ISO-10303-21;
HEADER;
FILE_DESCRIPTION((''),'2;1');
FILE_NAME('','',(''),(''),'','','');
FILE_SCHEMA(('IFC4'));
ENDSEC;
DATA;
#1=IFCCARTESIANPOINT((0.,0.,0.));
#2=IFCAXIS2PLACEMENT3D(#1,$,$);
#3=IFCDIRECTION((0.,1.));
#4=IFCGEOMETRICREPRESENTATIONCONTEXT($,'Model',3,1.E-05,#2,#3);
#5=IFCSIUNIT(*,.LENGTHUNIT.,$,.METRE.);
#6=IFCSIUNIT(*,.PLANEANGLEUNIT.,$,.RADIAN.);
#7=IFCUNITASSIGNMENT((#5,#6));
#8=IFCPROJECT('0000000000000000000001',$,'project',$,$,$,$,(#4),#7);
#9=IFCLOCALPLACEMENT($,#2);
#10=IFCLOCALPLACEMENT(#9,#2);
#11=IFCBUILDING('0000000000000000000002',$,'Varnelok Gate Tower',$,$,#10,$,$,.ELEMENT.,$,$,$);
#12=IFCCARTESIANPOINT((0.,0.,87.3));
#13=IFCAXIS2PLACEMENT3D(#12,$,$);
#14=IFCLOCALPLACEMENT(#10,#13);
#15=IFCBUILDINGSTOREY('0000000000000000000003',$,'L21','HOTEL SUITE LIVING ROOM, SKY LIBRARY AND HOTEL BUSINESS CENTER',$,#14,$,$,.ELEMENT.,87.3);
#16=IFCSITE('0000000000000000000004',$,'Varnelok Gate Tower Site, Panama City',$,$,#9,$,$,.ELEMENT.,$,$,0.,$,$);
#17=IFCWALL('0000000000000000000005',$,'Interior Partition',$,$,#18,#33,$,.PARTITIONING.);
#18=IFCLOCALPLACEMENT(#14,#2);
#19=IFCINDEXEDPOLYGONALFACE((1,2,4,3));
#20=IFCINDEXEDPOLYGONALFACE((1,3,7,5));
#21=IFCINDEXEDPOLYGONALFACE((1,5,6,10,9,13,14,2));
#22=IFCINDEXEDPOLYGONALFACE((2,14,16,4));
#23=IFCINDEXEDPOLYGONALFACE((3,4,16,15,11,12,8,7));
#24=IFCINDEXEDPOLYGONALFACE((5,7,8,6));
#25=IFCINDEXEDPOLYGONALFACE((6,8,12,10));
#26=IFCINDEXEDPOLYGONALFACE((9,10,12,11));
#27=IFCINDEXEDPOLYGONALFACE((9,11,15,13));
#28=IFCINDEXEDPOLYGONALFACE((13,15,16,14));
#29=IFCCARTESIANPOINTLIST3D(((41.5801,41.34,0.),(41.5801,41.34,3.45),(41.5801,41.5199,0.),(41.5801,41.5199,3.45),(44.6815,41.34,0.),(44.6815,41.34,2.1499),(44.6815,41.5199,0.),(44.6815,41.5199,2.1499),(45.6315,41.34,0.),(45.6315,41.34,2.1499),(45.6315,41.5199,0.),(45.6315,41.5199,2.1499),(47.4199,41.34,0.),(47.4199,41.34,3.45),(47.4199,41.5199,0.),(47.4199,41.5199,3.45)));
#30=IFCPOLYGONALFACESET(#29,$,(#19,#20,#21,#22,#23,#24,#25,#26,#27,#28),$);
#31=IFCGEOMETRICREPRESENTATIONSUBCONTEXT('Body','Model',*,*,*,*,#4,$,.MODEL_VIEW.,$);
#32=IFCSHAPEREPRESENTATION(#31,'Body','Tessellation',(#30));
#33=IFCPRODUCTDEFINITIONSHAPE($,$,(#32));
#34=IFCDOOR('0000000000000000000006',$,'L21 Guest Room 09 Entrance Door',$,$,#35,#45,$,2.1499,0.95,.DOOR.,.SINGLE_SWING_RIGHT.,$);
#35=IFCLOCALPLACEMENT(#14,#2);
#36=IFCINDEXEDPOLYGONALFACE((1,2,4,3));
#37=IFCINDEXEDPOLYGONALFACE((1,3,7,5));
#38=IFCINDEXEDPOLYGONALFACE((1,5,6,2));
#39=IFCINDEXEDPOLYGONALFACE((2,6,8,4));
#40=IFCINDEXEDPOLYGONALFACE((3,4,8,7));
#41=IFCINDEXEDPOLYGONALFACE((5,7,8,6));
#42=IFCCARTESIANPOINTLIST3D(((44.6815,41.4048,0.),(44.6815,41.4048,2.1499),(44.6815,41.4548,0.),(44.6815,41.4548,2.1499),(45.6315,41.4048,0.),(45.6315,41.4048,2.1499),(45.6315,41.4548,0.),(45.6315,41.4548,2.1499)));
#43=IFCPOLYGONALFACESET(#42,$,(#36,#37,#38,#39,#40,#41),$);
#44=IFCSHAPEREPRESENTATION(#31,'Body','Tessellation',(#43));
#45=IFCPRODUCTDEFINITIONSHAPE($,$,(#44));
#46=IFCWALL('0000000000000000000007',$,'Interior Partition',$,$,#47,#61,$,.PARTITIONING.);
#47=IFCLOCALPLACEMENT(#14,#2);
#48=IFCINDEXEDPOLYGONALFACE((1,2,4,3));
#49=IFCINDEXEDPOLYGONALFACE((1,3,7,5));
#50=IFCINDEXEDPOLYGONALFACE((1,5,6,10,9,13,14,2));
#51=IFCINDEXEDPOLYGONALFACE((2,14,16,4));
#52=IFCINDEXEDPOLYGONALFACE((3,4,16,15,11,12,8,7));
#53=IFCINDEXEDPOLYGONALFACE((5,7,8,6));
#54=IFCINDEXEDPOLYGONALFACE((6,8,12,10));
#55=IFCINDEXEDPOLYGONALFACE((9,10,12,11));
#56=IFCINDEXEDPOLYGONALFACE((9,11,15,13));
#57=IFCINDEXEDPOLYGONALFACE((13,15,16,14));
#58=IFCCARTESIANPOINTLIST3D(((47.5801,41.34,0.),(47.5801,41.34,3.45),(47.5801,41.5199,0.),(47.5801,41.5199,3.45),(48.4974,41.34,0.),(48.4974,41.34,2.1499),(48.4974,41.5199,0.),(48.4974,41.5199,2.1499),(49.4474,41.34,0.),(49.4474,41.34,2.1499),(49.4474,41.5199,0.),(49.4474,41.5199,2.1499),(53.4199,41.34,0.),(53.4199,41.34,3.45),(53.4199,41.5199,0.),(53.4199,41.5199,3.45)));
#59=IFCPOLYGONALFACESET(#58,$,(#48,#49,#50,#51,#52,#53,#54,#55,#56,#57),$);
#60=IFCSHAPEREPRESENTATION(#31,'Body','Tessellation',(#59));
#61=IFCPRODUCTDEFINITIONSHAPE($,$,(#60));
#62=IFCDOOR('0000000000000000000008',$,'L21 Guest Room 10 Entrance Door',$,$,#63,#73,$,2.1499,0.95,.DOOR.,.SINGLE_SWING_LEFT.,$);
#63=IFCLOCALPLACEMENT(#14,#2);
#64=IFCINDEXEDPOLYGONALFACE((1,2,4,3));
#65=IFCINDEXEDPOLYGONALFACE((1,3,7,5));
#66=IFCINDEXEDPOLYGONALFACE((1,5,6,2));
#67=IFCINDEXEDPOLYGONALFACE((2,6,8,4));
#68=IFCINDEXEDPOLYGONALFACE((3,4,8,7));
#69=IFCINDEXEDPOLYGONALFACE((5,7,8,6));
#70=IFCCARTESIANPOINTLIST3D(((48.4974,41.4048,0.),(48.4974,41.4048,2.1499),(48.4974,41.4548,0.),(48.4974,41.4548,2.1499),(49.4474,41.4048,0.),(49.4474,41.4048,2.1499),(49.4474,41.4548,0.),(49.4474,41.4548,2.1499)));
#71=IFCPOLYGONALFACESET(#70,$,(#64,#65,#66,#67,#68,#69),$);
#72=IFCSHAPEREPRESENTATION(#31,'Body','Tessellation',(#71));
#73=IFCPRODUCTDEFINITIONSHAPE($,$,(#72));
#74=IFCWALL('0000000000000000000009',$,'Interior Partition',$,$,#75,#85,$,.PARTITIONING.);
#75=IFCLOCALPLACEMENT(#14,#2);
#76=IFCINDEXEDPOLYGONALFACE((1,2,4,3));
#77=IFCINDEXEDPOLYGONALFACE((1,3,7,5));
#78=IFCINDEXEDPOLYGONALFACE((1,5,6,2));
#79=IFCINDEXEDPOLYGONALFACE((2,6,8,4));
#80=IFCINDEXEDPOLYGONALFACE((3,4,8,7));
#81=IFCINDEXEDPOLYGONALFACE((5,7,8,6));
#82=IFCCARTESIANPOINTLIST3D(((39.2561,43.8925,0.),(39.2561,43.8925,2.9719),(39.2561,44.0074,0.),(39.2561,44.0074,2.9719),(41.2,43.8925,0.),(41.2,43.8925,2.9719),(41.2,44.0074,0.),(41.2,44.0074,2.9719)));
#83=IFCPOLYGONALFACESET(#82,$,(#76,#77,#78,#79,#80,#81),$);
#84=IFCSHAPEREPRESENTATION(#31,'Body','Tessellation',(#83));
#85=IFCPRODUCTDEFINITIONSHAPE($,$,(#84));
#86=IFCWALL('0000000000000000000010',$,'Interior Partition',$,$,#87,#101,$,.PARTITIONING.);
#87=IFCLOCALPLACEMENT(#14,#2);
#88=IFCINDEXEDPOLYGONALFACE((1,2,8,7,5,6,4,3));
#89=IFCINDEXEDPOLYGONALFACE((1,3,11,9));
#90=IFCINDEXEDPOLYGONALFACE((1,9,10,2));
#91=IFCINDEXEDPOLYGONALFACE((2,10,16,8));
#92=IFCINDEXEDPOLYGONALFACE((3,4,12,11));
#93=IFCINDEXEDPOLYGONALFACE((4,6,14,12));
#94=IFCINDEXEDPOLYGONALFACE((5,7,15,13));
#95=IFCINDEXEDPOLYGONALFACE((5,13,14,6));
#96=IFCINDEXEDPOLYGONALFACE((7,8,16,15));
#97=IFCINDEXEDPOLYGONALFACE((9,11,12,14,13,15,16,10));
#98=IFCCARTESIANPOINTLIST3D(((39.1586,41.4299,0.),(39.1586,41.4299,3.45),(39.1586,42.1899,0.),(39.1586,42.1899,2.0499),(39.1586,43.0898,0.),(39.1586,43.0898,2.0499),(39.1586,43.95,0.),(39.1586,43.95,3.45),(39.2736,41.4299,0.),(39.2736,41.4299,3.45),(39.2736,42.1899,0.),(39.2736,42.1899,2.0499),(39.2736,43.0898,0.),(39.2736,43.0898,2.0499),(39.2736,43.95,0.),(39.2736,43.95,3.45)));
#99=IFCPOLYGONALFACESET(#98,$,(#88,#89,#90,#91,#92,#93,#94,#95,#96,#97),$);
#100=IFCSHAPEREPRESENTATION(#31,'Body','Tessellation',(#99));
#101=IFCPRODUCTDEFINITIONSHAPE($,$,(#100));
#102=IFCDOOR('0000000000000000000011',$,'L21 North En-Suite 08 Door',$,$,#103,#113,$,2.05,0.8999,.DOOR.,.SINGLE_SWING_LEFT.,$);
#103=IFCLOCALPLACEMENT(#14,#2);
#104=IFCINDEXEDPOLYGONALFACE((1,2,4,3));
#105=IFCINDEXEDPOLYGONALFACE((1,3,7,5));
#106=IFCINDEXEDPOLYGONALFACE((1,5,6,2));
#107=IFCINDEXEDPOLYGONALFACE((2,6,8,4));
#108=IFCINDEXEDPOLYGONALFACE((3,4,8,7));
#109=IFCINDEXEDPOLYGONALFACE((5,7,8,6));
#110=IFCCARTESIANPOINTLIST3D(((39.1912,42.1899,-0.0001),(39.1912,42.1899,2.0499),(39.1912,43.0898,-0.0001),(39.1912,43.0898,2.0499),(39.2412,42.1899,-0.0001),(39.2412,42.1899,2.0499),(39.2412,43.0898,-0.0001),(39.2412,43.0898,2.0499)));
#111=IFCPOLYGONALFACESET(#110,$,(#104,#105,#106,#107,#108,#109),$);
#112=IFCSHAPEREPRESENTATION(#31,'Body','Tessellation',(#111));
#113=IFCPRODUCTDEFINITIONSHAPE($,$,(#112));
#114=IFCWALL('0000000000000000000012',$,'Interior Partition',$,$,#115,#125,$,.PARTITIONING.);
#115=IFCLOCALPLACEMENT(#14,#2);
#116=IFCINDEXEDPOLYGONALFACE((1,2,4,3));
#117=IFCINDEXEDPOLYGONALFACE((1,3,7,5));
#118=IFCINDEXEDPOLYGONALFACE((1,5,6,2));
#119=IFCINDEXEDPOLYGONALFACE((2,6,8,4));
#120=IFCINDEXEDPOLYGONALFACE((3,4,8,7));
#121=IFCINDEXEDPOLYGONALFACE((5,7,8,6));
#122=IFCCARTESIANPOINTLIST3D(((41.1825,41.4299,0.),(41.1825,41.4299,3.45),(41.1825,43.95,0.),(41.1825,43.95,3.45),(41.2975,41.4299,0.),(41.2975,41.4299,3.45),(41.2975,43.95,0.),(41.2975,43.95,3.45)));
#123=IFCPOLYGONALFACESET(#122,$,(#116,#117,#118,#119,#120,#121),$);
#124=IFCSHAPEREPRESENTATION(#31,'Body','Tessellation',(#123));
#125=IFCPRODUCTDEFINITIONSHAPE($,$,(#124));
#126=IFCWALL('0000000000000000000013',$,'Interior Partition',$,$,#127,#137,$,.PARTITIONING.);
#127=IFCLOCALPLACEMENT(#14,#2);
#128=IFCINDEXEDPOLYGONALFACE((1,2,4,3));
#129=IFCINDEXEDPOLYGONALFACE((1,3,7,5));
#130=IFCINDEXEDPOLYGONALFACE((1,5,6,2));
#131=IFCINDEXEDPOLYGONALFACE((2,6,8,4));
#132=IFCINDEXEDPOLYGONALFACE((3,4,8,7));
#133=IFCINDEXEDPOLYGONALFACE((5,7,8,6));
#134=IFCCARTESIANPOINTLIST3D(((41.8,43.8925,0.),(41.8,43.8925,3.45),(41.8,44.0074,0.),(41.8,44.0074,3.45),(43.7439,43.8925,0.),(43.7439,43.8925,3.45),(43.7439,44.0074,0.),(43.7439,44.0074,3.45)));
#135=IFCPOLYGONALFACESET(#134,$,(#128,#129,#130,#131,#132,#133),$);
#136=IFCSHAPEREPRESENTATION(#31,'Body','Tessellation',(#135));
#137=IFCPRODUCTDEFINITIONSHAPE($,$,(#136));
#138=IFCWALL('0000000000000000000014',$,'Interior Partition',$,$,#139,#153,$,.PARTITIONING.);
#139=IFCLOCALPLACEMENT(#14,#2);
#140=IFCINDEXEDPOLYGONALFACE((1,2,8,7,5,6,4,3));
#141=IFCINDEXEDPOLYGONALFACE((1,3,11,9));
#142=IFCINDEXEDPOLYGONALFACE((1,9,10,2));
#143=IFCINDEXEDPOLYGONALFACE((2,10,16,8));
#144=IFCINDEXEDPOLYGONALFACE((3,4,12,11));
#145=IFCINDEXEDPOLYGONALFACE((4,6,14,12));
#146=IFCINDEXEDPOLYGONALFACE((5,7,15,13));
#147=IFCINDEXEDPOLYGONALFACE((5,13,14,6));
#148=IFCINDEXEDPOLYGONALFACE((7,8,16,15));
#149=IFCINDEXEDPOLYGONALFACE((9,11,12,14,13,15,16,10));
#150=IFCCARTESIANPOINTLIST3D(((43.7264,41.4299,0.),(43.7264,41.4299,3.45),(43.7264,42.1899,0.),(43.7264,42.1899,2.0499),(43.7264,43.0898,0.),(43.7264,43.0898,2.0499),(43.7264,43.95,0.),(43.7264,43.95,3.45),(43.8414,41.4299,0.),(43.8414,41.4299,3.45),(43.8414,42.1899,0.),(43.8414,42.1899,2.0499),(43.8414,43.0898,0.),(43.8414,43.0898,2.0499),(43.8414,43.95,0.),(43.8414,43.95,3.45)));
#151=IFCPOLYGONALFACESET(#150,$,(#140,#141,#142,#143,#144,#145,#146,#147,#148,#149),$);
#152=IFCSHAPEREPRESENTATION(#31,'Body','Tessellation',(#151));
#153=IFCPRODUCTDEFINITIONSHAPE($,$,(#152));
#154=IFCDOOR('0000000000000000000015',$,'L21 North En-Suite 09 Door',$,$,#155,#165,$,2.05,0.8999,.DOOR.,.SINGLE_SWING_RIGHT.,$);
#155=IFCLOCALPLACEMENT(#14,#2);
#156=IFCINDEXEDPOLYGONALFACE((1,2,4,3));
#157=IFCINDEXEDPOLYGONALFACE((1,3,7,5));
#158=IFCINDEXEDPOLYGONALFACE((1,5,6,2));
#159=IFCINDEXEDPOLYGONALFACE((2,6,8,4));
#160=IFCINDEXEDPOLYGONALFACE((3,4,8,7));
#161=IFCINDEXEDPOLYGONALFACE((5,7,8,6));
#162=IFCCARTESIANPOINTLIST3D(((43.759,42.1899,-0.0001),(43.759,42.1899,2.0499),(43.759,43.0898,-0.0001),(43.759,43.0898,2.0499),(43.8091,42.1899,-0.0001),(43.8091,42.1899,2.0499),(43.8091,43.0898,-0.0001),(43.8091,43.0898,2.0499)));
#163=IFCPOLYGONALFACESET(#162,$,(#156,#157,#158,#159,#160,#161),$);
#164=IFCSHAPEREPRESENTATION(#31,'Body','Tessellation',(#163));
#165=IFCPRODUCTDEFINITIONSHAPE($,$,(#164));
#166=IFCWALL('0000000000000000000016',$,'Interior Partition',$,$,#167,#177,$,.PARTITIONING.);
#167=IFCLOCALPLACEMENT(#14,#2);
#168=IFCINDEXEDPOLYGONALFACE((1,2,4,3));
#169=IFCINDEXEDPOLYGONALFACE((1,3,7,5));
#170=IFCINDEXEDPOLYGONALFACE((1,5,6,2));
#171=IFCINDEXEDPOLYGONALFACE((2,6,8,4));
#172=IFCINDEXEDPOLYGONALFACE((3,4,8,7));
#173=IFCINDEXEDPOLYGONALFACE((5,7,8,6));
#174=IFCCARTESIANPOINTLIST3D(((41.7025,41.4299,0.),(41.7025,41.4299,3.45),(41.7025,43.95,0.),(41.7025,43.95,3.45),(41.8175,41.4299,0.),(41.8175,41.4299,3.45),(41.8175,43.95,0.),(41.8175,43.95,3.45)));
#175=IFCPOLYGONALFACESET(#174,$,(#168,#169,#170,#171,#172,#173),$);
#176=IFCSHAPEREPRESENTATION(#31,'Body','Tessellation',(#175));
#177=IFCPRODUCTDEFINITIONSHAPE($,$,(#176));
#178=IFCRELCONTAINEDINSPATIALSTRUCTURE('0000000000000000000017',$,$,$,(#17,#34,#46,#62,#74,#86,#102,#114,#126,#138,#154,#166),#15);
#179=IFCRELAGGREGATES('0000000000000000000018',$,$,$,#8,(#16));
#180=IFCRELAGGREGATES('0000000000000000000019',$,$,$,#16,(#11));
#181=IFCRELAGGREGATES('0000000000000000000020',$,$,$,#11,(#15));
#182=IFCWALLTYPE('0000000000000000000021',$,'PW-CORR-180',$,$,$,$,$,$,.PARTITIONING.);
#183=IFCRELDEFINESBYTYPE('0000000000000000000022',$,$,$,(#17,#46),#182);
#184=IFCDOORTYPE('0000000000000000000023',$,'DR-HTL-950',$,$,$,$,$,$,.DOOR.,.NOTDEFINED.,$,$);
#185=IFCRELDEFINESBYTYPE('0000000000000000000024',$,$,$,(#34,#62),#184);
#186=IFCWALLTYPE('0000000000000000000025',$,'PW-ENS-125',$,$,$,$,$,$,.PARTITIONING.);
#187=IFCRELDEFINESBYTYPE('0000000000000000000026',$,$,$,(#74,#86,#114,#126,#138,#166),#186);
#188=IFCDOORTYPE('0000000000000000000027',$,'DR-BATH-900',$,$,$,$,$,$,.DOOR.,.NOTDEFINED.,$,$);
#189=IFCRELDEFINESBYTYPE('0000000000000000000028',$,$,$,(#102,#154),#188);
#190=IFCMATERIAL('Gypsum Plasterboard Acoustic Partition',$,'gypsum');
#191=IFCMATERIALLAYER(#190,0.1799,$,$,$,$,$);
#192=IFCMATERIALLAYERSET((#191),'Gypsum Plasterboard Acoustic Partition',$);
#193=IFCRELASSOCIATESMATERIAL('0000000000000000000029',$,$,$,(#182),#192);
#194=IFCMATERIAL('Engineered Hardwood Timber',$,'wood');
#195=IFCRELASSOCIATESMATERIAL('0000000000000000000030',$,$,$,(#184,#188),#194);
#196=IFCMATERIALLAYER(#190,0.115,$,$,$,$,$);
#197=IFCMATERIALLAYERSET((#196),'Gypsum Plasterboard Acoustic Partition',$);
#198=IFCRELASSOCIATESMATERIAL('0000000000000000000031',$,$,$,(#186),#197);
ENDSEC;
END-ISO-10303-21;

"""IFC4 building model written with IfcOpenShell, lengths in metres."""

from ifc_helpers import new_model, si_unit, direction, frame, frame_2d, origin, place, context, subcontext, project, spatial, rectangle, extrude, material, layer, layer_set, type_object, element, fill, save


model = new_model("IFC4")

# Units and contexts
model_context = context("Model", 3, precision=1e-05, world=origin(), true_north=direction((0.0, 1.0)))
body_context = subcontext(model_context, "Body", "Model", "MODEL_VIEW")
ifc_project = project(units=[si_unit("LENGTHUNIT", "METRE"), si_unit("PLANEANGLEUNIT", "RADIAN")], contexts=[model_context])

# Site, building, storey
site_placement = place(None, origin())
site = spatial("IfcSite", under=ifc_project, at=site_placement, Name="Varnelok Gate Tower Site, Panama City", CompositionType="ELEMENT", RefElevation=0.0)
building_placement = place(site_placement, origin())
building = spatial("IfcBuilding", under=site, at=building_placement, Name="Varnelok Gate Tower", CompositionType="ELEMENT")
storey_placement = place(building_placement, frame((0.0, 0.0, 87.3)))
storey = spatial("IfcBuildingStorey", under=building, at=storey_placement, Name="L21", Description="HOTEL SUITE LIVING ROOM, SKY LIBRARY AND HOTEL BUSINESS CENTER", CompositionType="ELEMENT", Elevation=87.3)

# Walls, openings, doors
ifc_material_1 = material(Name="Gypsum Plasterboard Acoustic Partition", Category="gypsum")
ifc_layer_1 = layer(ifc_material_1, 0.1799)
ifc_layer_set_1 = layer_set([ifc_layer_1], Name="Gypsum Plasterboard Acoustic Partition")
wall_type_1 = type_object("IfcWallType", Name="PW-CORR-180", PredefinedType="PARTITIONING", material=ifc_layer_set_1)
wall_1_placement = place(storey_placement, frame((41.5801, 41.4299, 0.0), z_axis=(0.0, 0.0, 1.0), x_axis=(1.0, 0.0, 0.0)))
wall_1 = element("IfcWall", 1, at=wall_1_placement, inside=storey, type_object=wall_type_1, Name="Interior Partition", PredefinedType="PARTITIONING", context=body_context, shape_type="SweptSolid", body=[
    extrude(rectangle(XDim=5.8398, YDim=0.1799, at=frame_2d((2.9199, 0.0))), origin(), (0.0, 0.0, 1.0), 3.45),
])
opening_1_placement = place(wall_1_placement, frame((3.1013, 0.0, 0.0)))
opening_1 = element("IfcOpeningElement", 2, at=opening_1_placement, cuts=wall_1, PredefinedType="OPENING", context=body_context, shape_type="SweptSolid", body=[
    extrude(rectangle(XDim=0.95, YDim=2.1499, at=frame_2d((0.4751, 1.075))), frame((0.0, 0.0999, 0.0), z_axis=(0.0, -1.0, 0.0), x_axis=(1.0, 0.0, 0.0)), (0.0, 0.0, 1.0), 0.2),
])
ifc_material_2 = material(Name="Engineered Hardwood Timber", Category="wood")
door_type_1 = type_object("IfcDoorType", Name="DR-HTL-950", OperationType="NOTDEFINED", PredefinedType="DOOR", material=ifc_material_2)
door_1_placement = place(opening_1_placement, origin())
door_1 = element("IfcDoor", 3, at=door_1_placement, inside=storey, type_object=door_type_1, Name="L21 Guest Room 09 Entrance Door", OperationType="SINGLE_SWING_RIGHT", OverallHeight=2.1499, OverallWidth=0.95, PredefinedType="DOOR", context=body_context, shape_type="SweptSolid", body=[
    extrude(rectangle(XDim=0.95, YDim=2.1499, at=frame_2d((0.4751, 1.075))), frame((0.0, 0.0249, 0.0), z_axis=(0.0, -1.0, 0.0), x_axis=(1.0, 0.0, 0.0)), (0.0, 0.0, 1.0), 0.05),
])
fill(opening_1, door_1)
wall_2_placement = place(storey_placement, frame((47.5801, 41.4299, 0.0), z_axis=(0.0, 0.0, 1.0), x_axis=(1.0, 0.0, 0.0)))
wall_2 = element("IfcWall", 4, at=wall_2_placement, inside=storey, type_object=wall_type_1, Name="Interior Partition", PredefinedType="PARTITIONING", context=body_context, shape_type="SweptSolid", body=[
    extrude(rectangle(XDim=5.8398, YDim=0.1799, at=frame_2d((2.9199, 0.0))), origin(), (0.0, 0.0, 1.0), 3.45),
])
opening_2_placement = place(wall_2_placement, frame((0.9172, 0.0, 0.0)))
opening_2 = element("IfcOpeningElement", 5, at=opening_2_placement, cuts=wall_2, PredefinedType="OPENING", context=body_context, shape_type="SweptSolid", body=[
    extrude(rectangle(XDim=0.95, YDim=2.1499, at=frame_2d((0.4751, 1.075))), frame((0.0, 0.0999, 0.0), z_axis=(0.0, -1.0, 0.0), x_axis=(1.0, 0.0, 0.0)), (0.0, 0.0, 1.0), 0.2),
])
door_2_placement = place(opening_2_placement, origin())
door_2 = element("IfcDoor", 6, at=door_2_placement, inside=storey, type_object=door_type_1, Name="L21 Guest Room 10 Entrance Door", OperationType="SINGLE_SWING_LEFT", OverallHeight=2.1499, OverallWidth=0.95, PredefinedType="DOOR", context=body_context, shape_type="SweptSolid", body=[
    extrude(rectangle(XDim=0.95, YDim=2.1499, at=frame_2d((0.4751, 1.075))), frame((0.0, 0.0249, 0.0), z_axis=(0.0, -1.0, 0.0), x_axis=(1.0, 0.0, 0.0)), (0.0, 0.0, 1.0), 0.05),
])
fill(opening_2, door_2)

# Wall
ifc_layer_2 = layer(ifc_material_1, 0.115)
ifc_layer_set_2 = layer_set([ifc_layer_2], Name="Gypsum Plasterboard Acoustic Partition")
wall_type_2 = type_object("IfcWallType", Name="PW-ENS-125", PredefinedType="PARTITIONING", material=ifc_layer_set_2)
wall_3_placement = place(storey_placement, frame((39.2561, 43.95, 0.0), z_axis=(0.0, 0.0, 1.0), x_axis=(1.0, 0.0, 0.0)))
element("IfcWall", 7, at=wall_3_placement, inside=storey, type_object=wall_type_2, Name="Interior Partition", PredefinedType="PARTITIONING", context=body_context, shape_type="SweptSolid", body=[
    extrude(rectangle(XDim=1.9438, YDim=0.115, at=frame_2d((0.9719, 0.0))), origin(), (0.0, 0.0, 1.0), 2.9719),
])

# Wall, opening, door
wall_4_placement = place(storey_placement, frame((39.2161, 41.4299, 0.0), z_axis=(0.0, 0.0, 1.0), x_axis=(0.0, 1.0, 0.0)))
wall_4 = element("IfcWall", 8, at=wall_4_placement, inside=storey, type_object=wall_type_2, Name="Interior Partition", PredefinedType="PARTITIONING", context=body_context, shape_type="SweptSolid", body=[
    extrude(rectangle(XDim=2.52, YDim=0.115, at=frame_2d((1.26, 0.0))), origin(), (0.0, 0.0, 1.0), 3.45),
])
opening_3_placement = place(wall_4_placement, frame((0.76, 0.0, 0.0)))
opening_3 = element("IfcOpeningElement", 9, at=opening_3_placement, cuts=wall_4, PredefinedType="OPENING", context=body_context, shape_type="SweptSolid", body=[
    extrude(rectangle(XDim=0.8999, YDim=2.05, at=frame_2d((0.45, 1.0249))), frame((0.0, 0.0674, 0.0), z_axis=(0.0, -1.0, 0.0), x_axis=(1.0, 0.0, 0.0)), (0.0, 0.0, 1.0), 0.135),
])
door_type_2 = type_object("IfcDoorType", Name="DR-BATH-900", OperationType="NOTDEFINED", PredefinedType="DOOR", material=ifc_material_2)
door_3_placement = place(opening_3_placement, origin())
door_3 = element("IfcDoor", 10, at=door_3_placement, inside=storey, type_object=door_type_2, Name="L21 North En-Suite 08 Door", OperationType="SINGLE_SWING_LEFT", OverallHeight=2.05, OverallWidth=0.8999, PredefinedType="DOOR", context=body_context, shape_type="SweptSolid", body=[
    extrude(rectangle(XDim=0.8999, YDim=2.05, at=frame_2d((0.45, 1.0249))), frame((0.0, 0.0249, 0.0), z_axis=(0.0, -1.0, 0.0), x_axis=(1.0, 0.0, 0.0)), (0.0, 0.0, 1.0), 0.05),
])
fill(opening_3, door_3)

# Walls
wall_5_placement = place(storey_placement, frame((41.24, 41.4299, 0.0), z_axis=(0.0, 0.0, 1.0), x_axis=(0.0, 1.0, 0.0)))
element("IfcWall", 11, at=wall_5_placement, inside=storey, type_object=wall_type_2, Name="Interior Partition", PredefinedType="PARTITIONING", context=body_context, shape_type="SweptSolid", body=[
    extrude(rectangle(XDim=2.52, YDim=0.115, at=frame_2d((1.26, 0.0))), origin(), (0.0, 0.0, 1.0), 3.45),
])
wall_6_placement = place(storey_placement, frame((41.8, 43.95, 0.0), z_axis=(0.0, 0.0, 1.0), x_axis=(1.0, 0.0, 0.0)))
element("IfcWall", 12, at=wall_6_placement, inside=storey, type_object=wall_type_2, Name="Interior Partition", PredefinedType="PARTITIONING", context=body_context, shape_type="SweptSolid", body=[
    extrude(rectangle(XDim=1.9438, YDim=0.115, at=frame_2d((0.9719, 0.0))), origin(), (0.0, 0.0, 1.0), 3.45),
])

# Wall, opening, door
wall_7_placement = place(storey_placement, frame((43.7839, 41.4299, 0.0), z_axis=(0.0, 0.0, 1.0), x_axis=(0.0, 1.0, 0.0)))
wall_7 = element("IfcWall", 13, at=wall_7_placement, inside=storey, type_object=wall_type_2, Name="Interior Partition", PredefinedType="PARTITIONING", context=body_context, shape_type="SweptSolid", body=[
    extrude(rectangle(XDim=2.52, YDim=0.115, at=frame_2d((1.26, 0.0))), origin(), (0.0, 0.0, 1.0), 3.45),
])
opening_4_placement = place(wall_7_placement, frame((0.76, 0.0, 0.0)))
opening_4 = element("IfcOpeningElement", 14, at=opening_4_placement, cuts=wall_7, PredefinedType="OPENING", context=body_context, shape_type="SweptSolid", body=[
    extrude(rectangle(XDim=0.8999, YDim=2.05, at=frame_2d((0.45, 1.0249))), frame((0.0, 0.0674, 0.0), z_axis=(0.0, -1.0, 0.0), x_axis=(1.0, 0.0, 0.0)), (0.0, 0.0, 1.0), 0.135),
])
door_4_placement = place(opening_4_placement, origin())
door_4 = element("IfcDoor", 15, at=door_4_placement, inside=storey, type_object=door_type_2, Name="L21 North En-Suite 09 Door", OperationType="SINGLE_SWING_RIGHT", OverallHeight=2.05, OverallWidth=0.8999, PredefinedType="DOOR", context=body_context, shape_type="SweptSolid", body=[
    extrude(rectangle(XDim=0.8999, YDim=2.05, at=frame_2d((0.45, 1.0249))), frame((0.0, 0.0249, 0.0), z_axis=(0.0, -1.0, 0.0), x_axis=(1.0, 0.0, 0.0)), (0.0, 0.0, 1.0), 0.05),
])
fill(opening_4, door_4)

# Wall
wall_8_placement = place(storey_placement, frame((41.76, 41.4299, 0.0), z_axis=(0.0, 0.0, 1.0), x_axis=(0.0, 1.0, 0.0)))
element("IfcWall", 16, at=wall_8_placement, inside=storey, type_object=wall_type_2, Name="Interior Partition", PredefinedType="PARTITIONING", context=body_context, shape_type="SweptSolid", body=[
    extrude(rectangle(XDim=2.52, YDim=0.115, at=frame_2d((1.26, 0.0))), origin(), (0.0, 0.0, 1.0), 3.45),
])

save(model, "model.ifc")
